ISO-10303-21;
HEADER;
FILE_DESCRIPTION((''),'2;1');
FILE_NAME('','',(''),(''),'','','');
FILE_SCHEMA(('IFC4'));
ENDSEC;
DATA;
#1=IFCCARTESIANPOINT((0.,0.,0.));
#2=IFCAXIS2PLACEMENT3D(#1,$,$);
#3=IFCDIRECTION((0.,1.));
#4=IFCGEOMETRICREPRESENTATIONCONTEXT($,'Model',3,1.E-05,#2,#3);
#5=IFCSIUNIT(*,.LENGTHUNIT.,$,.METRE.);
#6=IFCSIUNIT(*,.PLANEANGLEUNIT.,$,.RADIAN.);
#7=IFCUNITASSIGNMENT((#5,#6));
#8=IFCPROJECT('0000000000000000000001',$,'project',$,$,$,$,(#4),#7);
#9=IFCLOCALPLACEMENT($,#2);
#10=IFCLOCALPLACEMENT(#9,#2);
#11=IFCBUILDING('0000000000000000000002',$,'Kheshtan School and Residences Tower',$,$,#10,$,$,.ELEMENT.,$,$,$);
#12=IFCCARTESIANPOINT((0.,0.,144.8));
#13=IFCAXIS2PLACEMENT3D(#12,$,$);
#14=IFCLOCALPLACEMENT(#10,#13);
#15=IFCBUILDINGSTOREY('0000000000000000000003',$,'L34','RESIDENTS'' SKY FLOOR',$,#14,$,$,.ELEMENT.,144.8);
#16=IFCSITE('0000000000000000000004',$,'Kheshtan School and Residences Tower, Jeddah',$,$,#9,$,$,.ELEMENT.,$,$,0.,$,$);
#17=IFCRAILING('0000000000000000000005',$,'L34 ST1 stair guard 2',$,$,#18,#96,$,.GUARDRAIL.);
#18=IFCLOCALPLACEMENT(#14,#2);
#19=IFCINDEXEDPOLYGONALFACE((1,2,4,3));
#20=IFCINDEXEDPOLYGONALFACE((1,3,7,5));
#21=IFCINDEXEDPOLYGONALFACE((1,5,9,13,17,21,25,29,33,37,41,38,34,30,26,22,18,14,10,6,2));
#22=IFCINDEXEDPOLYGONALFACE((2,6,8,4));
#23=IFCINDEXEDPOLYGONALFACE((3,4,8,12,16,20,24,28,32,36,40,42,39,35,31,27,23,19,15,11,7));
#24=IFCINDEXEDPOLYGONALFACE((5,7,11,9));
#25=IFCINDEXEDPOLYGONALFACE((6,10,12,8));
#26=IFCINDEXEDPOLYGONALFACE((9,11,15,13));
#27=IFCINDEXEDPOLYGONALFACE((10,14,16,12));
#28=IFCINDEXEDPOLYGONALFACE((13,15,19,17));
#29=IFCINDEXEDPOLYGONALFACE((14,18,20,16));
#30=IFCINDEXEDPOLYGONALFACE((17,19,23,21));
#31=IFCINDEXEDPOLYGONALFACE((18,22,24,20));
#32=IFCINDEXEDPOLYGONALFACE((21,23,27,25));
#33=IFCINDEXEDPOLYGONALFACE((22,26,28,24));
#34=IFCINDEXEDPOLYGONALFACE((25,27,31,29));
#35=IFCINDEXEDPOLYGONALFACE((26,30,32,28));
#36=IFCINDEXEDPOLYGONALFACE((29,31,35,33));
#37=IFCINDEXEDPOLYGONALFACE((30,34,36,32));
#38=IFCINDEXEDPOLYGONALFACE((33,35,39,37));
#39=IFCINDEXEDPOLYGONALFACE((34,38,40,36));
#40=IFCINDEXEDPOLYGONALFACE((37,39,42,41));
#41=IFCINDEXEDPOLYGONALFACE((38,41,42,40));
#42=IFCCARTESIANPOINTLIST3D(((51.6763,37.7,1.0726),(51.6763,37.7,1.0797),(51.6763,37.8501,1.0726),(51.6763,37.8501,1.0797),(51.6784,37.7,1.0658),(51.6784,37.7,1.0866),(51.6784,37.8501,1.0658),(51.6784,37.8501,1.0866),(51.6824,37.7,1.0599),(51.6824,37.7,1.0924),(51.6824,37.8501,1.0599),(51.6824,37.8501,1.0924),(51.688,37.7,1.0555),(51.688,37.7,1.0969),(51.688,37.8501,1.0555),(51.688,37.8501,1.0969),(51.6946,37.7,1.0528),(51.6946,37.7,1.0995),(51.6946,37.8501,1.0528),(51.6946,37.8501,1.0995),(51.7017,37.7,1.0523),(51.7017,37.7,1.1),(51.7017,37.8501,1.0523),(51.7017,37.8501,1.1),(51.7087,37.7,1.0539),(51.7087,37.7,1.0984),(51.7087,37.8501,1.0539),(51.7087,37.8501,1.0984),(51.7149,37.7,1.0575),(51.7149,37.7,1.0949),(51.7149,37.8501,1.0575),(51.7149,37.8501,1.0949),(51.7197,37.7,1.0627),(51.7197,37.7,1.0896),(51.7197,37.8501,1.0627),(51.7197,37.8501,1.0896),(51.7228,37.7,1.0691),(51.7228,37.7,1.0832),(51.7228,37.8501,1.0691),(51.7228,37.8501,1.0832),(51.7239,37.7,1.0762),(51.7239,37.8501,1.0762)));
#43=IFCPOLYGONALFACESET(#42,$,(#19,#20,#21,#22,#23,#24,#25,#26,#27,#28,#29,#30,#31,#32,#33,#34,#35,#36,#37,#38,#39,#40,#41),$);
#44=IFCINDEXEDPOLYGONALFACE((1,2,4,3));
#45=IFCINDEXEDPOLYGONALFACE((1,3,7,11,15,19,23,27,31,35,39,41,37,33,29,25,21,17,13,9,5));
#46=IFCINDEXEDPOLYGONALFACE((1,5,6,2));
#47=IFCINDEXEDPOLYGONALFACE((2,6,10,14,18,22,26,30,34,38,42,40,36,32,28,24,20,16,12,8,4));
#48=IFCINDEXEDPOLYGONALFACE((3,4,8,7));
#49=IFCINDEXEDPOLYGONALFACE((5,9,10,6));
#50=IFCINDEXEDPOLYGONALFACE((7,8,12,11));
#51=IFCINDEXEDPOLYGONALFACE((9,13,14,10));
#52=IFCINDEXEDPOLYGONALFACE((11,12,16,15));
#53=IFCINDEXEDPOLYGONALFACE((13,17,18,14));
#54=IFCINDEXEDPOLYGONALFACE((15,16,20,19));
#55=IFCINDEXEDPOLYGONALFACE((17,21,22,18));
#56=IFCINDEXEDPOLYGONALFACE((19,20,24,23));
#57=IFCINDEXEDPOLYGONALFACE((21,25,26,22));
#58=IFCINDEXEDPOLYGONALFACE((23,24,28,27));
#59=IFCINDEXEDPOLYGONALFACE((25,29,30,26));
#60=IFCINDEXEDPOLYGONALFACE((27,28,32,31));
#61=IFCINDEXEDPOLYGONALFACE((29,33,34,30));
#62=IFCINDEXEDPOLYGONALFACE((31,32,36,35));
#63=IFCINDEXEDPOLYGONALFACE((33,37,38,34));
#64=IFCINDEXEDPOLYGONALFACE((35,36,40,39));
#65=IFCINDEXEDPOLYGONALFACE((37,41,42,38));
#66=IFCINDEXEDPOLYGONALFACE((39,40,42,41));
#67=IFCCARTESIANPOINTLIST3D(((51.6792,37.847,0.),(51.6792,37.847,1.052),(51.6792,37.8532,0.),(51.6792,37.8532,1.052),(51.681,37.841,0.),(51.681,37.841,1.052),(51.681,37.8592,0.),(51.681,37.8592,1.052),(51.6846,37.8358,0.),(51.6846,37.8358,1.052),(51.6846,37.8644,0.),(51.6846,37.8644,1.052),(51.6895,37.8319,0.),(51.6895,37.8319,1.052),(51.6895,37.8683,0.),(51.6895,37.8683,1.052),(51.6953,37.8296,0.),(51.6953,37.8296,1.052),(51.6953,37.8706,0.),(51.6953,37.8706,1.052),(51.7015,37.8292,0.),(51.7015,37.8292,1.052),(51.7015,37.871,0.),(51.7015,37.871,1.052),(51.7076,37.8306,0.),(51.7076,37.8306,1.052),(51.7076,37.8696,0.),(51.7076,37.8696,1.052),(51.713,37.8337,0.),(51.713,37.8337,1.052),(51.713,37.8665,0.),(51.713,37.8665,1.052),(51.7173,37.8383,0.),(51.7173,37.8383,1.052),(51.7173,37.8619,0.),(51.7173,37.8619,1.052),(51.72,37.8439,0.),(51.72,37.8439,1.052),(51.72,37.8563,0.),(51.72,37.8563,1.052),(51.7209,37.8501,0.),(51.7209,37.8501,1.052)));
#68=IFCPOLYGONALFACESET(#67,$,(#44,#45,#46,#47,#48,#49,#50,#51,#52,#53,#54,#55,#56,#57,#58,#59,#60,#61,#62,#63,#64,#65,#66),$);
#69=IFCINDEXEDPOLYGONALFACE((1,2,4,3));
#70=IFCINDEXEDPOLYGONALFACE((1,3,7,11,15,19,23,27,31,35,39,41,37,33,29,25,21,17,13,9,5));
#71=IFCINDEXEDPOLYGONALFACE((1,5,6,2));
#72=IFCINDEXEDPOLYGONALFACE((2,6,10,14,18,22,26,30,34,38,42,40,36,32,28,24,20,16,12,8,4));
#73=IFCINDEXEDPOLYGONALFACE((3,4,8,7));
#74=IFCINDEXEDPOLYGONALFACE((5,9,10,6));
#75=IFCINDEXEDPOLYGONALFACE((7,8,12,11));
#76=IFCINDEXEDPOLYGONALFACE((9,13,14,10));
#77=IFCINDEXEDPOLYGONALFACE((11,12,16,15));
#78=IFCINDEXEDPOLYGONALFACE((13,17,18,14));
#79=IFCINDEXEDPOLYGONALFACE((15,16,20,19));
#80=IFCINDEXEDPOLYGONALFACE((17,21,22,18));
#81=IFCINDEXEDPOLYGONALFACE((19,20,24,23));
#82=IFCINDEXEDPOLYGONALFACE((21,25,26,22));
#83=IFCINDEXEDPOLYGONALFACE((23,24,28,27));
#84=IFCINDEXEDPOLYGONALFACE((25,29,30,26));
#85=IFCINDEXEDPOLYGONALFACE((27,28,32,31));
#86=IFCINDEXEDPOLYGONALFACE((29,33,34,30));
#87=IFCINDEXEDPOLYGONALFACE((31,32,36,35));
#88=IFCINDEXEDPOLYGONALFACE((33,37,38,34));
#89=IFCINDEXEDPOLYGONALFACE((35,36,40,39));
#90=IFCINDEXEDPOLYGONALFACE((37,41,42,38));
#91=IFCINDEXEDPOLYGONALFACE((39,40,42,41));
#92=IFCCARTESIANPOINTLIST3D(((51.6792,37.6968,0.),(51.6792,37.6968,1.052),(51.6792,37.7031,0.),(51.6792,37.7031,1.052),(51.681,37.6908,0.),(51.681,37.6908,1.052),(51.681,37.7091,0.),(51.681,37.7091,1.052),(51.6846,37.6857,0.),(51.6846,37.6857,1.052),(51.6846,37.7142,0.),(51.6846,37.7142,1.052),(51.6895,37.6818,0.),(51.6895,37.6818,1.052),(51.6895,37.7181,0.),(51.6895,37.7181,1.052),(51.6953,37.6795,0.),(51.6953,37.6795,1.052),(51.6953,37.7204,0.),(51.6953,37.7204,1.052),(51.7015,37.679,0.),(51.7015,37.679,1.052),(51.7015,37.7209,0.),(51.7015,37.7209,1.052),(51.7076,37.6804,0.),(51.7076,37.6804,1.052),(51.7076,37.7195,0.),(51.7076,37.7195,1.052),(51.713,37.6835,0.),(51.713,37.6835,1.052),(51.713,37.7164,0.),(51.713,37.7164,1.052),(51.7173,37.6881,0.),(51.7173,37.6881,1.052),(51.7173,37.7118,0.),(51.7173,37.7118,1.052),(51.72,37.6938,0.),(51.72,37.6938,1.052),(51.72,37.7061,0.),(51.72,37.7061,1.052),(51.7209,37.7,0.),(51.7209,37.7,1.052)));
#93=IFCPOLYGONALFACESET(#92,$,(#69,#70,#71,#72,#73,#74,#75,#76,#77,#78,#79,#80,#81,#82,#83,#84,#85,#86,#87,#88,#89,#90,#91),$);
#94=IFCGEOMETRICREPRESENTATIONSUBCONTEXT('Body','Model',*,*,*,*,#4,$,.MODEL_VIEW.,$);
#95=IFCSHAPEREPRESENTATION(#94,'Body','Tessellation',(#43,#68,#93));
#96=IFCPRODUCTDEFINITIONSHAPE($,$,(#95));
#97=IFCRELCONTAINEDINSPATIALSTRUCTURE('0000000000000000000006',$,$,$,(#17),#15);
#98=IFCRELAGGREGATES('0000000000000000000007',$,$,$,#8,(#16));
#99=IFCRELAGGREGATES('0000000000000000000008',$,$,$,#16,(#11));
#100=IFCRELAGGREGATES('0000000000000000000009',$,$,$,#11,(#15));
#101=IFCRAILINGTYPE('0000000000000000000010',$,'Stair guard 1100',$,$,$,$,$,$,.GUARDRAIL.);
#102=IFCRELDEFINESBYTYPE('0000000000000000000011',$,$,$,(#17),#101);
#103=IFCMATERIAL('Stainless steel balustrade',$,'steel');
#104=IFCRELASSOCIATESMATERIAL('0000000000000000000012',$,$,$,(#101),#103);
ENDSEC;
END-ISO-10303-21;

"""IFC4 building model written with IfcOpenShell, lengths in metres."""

from ifc_helpers import new_model, si_unit, direction, frame, origin, origin_2d, place, context, subcontext, project, spatial, circle, extrude, material, type_object, element, save


model = new_model("IFC4")

# Units and contexts
model_context = context("Model", 3, precision=1e-05, world=origin(), true_north=direction((0.0, 1.0)))
body_context = subcontext(model_context, "Body", "Model", "MODEL_VIEW")
ifc_project = project(units=[si_unit("LENGTHUNIT", "METRE"), si_unit("PLANEANGLEUNIT", "RADIAN")], contexts=[model_context])

# Site, building, storey
site_placement = place(None, origin())
site = spatial("IfcSite", under=ifc_project, at=site_placement, Name="Kheshtan School and Residences Tower, Jeddah", CompositionType="ELEMENT", RefElevation=0.0)
building_placement = place(site_placement, origin())
building = spatial("IfcBuilding", under=site, at=building_placement, Name="Kheshtan School and Residences Tower", CompositionType="ELEMENT")
storey_placement = place(building_placement, frame((0.0, 0.0, 144.8)))
storey = spatial("IfcBuildingStorey", under=building, at=storey_placement, Name="L34", Description="RESIDENTS' SKY FLOOR", CompositionType="ELEMENT", Elevation=144.8)

# Railing
ifc_material_1 = material(Name="Stainless steel balustrade", Category="steel")
railing_type_1 = type_object("IfcRailingType", Name="Stair guard 1100", PredefinedType="GUARDRAIL", material=ifc_material_1)
railing_1_placement = place(storey_placement, frame((51.7, 37.8501, 0.0)))
element("IfcRailing", 1, at=railing_1_placement, inside=storey, type_object=railing_type_1, Name="L34 ST1 stair guard 2", PredefinedType="GUARDRAIL", context=body_context, shape_type="SweptSolid", body=[
    extrude(circle(Radius=0.0239, at=origin_2d()), frame((0.0, 0.0, 1.0762), z_axis=(0.0, -1.0, 0.0), x_axis=(1.0, 0.0, 0.0)), (0.0, 0.0, 1.0), 0.1501),
    extrude(circle(Radius=0.021, at=origin_2d()), origin(), (0.0, 0.0, 1.0), 1.052),
    extrude(circle(Radius=0.021, at=origin_2d()), frame((0.0, -0.1501, 0.0)), (0.0, 0.0, 1.0), 1.052),
])

save(model, "model.ifc")
